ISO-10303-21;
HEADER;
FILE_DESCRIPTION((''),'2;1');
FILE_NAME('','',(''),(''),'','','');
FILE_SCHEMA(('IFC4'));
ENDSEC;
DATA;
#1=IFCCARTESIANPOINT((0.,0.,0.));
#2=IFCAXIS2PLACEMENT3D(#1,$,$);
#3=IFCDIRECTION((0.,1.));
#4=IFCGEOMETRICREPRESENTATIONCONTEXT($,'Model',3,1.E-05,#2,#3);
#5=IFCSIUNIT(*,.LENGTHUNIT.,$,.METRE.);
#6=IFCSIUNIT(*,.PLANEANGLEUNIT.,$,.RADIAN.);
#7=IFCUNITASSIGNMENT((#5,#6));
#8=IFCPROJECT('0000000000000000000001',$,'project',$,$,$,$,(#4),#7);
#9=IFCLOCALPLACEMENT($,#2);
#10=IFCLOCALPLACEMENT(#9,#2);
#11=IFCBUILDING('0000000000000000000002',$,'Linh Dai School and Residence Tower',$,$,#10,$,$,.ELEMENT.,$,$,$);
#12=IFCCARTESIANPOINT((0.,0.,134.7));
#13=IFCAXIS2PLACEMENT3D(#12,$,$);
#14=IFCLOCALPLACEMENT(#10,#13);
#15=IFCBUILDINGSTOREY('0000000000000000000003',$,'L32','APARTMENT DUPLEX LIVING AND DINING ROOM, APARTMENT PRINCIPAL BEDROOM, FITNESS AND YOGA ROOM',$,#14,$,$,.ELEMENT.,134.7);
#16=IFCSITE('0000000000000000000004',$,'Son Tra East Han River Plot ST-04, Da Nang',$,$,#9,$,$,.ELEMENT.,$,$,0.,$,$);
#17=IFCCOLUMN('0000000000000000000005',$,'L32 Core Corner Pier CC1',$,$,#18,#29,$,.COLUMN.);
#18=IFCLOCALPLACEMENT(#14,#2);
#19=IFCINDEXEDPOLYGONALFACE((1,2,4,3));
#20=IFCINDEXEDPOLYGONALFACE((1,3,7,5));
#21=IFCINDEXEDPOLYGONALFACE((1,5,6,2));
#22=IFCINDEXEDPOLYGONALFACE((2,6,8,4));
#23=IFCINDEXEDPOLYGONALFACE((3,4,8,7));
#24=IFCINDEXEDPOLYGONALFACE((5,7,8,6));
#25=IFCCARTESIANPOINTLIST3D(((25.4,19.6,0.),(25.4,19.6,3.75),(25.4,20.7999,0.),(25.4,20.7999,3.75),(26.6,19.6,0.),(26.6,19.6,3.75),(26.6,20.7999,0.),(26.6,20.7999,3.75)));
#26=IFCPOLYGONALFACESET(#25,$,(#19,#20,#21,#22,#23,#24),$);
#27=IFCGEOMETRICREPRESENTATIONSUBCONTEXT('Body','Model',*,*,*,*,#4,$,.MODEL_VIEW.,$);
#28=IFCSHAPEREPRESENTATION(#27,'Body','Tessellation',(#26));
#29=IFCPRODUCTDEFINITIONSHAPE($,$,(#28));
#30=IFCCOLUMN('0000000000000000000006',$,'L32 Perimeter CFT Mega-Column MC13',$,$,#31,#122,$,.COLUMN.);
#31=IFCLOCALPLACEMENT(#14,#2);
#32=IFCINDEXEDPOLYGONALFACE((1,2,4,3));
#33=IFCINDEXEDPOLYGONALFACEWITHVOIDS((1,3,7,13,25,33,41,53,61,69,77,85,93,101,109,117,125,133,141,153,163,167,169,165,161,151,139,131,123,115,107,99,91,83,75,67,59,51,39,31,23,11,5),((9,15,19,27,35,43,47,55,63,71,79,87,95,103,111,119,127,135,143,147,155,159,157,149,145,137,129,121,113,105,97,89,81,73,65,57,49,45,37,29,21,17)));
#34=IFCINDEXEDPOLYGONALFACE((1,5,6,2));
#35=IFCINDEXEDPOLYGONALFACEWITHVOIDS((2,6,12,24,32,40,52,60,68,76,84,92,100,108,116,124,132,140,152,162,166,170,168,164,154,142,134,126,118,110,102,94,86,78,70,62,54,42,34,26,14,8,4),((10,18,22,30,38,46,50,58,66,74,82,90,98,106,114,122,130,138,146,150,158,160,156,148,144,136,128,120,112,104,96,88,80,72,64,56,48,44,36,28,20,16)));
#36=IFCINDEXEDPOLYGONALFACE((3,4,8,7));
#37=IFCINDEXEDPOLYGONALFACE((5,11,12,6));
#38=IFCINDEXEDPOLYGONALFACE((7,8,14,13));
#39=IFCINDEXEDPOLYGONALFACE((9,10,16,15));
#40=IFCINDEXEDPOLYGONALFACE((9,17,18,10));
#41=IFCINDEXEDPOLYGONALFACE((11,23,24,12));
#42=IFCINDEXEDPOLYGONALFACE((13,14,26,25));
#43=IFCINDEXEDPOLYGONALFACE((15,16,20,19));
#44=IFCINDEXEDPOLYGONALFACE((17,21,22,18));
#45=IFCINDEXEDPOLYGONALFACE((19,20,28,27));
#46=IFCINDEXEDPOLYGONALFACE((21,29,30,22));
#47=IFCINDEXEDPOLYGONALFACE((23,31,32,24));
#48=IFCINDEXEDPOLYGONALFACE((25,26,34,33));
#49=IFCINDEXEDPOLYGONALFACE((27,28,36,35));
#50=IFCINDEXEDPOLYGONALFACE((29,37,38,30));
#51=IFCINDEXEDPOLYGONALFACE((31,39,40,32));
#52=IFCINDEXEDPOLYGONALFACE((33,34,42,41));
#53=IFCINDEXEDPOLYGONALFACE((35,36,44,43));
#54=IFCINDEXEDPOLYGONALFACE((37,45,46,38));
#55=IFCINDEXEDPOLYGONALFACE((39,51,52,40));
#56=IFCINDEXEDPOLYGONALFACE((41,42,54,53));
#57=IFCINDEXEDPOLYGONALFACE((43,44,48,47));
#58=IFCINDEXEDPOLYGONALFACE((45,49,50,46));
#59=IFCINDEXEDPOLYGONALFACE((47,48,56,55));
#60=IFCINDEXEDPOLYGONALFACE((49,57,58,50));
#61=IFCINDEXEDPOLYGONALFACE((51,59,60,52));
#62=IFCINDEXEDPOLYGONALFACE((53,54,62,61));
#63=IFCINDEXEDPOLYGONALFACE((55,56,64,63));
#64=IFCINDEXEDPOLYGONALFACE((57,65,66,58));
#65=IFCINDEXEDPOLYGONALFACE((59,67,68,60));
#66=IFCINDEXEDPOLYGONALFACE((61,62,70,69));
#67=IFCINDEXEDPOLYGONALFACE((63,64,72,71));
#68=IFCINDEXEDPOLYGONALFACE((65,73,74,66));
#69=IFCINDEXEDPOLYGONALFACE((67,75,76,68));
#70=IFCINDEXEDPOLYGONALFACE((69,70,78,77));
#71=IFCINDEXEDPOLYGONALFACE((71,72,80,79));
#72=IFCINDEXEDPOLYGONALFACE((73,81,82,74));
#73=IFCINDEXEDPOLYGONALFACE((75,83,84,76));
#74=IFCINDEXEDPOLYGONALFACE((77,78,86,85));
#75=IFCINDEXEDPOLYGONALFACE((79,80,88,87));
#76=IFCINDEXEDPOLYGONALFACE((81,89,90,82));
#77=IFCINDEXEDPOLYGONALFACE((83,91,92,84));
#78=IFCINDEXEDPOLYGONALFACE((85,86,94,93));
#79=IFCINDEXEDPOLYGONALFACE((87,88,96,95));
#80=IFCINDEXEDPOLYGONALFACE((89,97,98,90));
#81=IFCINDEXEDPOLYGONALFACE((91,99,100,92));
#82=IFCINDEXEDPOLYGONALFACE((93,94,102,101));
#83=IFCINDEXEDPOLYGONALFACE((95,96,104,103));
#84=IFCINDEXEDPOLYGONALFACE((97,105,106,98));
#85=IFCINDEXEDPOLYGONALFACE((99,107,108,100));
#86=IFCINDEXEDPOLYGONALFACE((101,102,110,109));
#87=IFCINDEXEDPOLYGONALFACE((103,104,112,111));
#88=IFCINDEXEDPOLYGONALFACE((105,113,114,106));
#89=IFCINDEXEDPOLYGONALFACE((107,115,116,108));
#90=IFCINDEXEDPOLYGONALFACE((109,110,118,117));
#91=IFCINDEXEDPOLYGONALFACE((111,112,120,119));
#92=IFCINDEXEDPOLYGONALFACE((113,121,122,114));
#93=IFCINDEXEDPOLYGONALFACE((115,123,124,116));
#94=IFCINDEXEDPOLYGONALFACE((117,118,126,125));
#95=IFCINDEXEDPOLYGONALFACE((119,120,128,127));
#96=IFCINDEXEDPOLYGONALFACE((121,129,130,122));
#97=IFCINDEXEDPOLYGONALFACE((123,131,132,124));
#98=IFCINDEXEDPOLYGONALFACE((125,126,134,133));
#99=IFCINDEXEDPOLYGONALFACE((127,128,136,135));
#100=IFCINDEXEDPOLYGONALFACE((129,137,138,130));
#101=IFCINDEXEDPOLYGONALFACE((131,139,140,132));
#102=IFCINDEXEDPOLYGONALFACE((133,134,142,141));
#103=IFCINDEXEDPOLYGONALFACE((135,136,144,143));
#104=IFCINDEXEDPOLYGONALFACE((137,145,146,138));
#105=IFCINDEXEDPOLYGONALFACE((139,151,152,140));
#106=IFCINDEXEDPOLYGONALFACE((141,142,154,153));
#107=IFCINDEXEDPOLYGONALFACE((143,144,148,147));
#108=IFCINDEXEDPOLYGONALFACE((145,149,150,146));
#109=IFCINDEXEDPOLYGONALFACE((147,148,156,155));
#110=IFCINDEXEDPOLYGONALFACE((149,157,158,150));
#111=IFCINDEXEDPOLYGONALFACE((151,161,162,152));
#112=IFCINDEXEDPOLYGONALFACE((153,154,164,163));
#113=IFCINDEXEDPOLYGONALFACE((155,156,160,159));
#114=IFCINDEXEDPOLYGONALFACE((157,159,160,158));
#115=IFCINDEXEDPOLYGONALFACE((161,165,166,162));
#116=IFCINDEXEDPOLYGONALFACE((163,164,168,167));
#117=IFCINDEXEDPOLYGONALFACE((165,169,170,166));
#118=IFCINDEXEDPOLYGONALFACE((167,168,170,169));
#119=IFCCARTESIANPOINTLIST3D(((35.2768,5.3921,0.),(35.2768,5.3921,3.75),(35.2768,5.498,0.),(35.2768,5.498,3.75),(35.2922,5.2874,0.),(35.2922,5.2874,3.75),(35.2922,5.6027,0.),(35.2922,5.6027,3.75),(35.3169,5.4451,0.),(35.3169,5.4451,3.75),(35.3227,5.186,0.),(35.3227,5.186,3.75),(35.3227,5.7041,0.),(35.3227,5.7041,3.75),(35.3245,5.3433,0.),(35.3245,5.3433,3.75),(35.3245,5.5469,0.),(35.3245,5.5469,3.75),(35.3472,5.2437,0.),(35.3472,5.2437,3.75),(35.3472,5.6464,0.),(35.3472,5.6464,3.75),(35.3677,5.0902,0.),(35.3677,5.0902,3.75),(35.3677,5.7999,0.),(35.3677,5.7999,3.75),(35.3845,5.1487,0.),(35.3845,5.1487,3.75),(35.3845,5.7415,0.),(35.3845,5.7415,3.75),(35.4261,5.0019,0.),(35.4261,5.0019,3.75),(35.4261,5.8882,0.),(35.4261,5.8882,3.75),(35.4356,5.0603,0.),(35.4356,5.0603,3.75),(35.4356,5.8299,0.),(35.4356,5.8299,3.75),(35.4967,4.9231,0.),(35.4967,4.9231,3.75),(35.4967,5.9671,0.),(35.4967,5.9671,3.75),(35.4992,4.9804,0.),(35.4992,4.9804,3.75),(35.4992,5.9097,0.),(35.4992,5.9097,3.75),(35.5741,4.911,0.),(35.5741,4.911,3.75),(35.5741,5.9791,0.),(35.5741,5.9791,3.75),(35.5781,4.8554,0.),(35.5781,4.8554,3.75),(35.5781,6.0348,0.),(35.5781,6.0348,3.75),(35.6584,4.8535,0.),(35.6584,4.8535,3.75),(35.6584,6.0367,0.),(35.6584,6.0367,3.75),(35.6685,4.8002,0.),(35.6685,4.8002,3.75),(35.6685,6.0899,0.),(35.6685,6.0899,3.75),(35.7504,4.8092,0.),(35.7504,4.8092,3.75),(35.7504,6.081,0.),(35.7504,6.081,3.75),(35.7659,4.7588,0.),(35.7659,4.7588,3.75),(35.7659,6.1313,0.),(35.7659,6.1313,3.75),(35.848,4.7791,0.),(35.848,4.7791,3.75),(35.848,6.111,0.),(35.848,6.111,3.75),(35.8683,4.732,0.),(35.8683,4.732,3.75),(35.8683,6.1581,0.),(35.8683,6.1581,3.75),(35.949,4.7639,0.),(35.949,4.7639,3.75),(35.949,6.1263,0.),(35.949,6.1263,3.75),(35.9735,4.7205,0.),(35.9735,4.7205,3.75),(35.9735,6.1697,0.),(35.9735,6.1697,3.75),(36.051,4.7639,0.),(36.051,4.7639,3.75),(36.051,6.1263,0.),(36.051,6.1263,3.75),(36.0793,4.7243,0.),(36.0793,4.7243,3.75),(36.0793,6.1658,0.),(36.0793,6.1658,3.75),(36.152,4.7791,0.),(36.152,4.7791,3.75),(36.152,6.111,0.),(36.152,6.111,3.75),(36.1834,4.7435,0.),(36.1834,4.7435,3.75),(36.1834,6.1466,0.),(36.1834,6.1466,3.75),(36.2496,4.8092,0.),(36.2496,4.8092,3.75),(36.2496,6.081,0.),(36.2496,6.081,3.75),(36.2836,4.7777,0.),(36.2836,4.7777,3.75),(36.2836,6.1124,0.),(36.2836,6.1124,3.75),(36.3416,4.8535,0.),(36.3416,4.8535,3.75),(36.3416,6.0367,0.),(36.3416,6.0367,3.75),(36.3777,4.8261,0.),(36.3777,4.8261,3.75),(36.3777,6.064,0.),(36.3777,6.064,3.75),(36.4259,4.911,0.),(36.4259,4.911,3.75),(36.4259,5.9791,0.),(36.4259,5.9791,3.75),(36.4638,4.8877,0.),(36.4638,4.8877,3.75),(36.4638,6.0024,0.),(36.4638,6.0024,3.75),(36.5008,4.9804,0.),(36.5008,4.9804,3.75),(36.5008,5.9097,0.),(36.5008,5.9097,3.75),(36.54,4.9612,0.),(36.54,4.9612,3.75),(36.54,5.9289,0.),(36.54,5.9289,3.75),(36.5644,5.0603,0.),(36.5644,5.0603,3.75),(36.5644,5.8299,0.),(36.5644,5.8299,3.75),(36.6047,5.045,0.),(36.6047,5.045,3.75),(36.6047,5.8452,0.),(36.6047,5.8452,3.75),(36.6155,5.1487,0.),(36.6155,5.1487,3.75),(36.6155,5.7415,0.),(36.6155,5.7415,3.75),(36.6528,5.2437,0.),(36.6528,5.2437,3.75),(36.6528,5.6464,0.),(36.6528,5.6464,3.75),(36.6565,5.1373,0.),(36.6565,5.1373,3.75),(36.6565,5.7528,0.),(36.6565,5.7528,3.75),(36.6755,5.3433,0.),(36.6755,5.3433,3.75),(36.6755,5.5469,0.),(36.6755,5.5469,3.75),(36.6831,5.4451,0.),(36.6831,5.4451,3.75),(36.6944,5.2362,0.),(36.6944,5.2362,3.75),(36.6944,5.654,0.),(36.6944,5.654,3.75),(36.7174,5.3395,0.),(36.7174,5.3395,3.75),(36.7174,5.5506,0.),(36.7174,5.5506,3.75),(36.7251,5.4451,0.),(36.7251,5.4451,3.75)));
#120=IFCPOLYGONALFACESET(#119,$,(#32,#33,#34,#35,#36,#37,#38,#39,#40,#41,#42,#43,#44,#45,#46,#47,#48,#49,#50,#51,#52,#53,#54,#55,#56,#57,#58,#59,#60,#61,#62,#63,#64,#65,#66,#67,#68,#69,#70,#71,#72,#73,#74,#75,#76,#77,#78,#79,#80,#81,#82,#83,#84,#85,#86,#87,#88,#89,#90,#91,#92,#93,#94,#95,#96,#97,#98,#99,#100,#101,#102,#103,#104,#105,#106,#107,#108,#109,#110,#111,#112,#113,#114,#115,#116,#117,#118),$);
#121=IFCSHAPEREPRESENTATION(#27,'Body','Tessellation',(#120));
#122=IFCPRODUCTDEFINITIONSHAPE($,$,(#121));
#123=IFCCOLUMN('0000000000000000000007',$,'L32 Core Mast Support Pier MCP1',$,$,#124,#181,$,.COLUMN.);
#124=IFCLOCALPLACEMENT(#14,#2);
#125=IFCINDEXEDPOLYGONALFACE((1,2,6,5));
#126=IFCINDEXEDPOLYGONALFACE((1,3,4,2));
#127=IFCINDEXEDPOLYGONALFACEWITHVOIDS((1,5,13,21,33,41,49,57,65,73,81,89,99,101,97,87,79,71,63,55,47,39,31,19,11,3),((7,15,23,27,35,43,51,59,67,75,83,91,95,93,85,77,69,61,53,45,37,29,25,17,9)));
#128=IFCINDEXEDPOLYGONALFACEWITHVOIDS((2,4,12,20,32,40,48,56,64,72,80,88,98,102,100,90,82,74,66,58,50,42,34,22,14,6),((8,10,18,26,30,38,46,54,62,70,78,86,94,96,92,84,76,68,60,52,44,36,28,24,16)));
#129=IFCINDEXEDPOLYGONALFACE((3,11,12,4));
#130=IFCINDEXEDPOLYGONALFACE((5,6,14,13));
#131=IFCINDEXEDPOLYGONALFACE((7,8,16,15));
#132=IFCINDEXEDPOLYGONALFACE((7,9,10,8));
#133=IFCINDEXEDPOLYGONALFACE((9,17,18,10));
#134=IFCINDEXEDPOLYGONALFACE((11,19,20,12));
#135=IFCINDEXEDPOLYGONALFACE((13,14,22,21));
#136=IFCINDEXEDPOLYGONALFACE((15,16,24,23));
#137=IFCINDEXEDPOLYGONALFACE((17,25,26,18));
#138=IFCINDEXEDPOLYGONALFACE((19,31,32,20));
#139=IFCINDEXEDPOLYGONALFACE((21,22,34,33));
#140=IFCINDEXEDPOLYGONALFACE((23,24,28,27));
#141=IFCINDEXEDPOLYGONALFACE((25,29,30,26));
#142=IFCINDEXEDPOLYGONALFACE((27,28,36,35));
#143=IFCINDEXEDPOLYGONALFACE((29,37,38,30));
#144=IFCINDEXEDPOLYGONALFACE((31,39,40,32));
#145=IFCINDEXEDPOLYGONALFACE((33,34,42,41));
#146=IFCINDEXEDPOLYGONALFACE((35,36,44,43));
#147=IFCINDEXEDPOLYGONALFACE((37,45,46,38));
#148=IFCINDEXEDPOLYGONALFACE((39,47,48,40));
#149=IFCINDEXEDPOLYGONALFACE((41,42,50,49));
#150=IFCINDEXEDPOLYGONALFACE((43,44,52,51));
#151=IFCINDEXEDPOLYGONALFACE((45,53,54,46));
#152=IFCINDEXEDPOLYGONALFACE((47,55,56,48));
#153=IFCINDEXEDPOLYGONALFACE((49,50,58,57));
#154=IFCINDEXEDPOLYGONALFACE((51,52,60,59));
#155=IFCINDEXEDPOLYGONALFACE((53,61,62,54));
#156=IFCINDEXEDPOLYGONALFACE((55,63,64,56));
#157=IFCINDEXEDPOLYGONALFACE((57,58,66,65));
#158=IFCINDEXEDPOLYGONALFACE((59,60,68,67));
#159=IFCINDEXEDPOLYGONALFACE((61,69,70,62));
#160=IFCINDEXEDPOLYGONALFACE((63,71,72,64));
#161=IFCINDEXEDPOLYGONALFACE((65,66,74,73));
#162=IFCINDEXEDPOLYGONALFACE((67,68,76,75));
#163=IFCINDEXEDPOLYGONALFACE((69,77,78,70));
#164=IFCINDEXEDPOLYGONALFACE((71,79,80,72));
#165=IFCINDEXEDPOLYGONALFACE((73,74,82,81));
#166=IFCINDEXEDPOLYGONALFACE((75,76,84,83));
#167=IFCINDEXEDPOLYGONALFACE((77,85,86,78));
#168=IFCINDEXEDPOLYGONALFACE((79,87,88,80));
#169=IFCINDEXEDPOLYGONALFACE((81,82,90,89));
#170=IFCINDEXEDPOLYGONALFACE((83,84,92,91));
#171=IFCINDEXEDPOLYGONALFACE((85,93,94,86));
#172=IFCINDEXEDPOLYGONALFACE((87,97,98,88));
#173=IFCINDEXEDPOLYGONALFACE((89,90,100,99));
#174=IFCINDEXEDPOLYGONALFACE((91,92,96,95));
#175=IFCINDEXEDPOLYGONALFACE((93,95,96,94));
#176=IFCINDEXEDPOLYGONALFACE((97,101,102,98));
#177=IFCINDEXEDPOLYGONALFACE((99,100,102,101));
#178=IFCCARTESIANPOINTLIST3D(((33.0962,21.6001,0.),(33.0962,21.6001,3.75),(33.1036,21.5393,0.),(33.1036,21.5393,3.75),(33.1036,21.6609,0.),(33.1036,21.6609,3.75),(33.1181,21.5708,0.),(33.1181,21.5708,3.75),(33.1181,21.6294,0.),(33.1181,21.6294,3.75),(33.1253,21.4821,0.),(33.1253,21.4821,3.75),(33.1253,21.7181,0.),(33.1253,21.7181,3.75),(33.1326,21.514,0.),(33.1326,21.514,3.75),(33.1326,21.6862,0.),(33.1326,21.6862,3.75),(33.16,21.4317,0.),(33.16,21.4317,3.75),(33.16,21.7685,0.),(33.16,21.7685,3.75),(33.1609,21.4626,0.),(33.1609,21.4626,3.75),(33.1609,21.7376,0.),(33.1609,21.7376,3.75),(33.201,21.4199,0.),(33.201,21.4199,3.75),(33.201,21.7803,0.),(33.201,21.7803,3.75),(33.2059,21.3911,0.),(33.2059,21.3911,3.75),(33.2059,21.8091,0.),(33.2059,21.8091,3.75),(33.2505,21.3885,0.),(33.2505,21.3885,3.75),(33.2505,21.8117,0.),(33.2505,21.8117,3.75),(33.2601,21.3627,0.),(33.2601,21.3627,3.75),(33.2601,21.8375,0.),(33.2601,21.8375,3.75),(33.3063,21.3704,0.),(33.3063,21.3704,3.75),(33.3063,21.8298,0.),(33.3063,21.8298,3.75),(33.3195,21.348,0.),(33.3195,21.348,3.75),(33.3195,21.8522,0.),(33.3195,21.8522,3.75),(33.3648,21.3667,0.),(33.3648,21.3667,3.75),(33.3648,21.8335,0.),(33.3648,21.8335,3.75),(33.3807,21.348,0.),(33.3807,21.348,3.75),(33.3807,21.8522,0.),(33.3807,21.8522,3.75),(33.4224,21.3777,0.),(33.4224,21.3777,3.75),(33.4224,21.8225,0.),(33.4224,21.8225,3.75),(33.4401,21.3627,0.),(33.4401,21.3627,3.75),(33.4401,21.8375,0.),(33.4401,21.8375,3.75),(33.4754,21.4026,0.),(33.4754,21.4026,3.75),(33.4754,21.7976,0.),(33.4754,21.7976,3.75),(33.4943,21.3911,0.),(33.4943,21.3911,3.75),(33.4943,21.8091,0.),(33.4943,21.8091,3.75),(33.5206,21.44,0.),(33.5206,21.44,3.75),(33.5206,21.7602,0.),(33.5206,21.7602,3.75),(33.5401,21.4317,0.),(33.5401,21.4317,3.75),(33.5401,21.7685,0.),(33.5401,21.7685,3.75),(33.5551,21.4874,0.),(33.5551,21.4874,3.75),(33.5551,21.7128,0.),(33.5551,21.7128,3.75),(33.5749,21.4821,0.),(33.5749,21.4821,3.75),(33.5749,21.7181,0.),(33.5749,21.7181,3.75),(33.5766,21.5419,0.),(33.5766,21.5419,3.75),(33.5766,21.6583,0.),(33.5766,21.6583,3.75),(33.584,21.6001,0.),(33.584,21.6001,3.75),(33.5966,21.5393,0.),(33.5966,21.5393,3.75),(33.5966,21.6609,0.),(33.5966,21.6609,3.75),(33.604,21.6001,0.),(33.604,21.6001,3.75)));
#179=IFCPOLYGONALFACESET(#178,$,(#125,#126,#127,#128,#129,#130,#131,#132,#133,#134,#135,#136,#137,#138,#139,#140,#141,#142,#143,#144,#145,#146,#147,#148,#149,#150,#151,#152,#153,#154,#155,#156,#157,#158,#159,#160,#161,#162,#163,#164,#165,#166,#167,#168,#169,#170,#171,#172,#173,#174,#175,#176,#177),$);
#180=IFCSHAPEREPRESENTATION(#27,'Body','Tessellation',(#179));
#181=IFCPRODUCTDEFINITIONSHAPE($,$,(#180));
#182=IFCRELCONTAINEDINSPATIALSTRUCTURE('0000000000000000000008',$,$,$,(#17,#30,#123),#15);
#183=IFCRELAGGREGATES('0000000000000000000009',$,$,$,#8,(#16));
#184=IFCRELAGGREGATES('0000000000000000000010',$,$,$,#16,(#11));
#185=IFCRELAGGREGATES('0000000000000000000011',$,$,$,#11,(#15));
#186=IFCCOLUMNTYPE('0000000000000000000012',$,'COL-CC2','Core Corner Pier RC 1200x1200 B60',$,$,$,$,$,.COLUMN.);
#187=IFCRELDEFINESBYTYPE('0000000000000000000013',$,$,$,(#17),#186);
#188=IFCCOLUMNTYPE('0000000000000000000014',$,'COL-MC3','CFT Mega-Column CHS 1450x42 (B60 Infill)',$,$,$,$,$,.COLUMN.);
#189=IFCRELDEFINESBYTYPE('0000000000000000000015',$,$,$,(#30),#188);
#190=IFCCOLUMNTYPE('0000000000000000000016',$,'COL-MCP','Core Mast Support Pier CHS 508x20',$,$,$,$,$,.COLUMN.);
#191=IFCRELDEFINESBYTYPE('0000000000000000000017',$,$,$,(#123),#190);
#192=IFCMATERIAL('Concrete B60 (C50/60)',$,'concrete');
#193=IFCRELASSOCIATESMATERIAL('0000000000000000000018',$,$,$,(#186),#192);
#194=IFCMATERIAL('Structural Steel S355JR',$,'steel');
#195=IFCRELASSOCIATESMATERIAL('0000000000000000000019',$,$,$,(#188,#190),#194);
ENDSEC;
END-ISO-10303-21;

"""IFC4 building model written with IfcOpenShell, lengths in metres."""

from ifc_helpers import new_model, si_unit, direction, frame, origin, origin_2d, place, context, subcontext, project, spatial, rectangle, hollow_circle, extrude, material, material_profile, profile_set, type_object, element, save


model = new_model("IFC4")

# Units and contexts
model_context = context("Model", 3, precision=1e-05, world=origin(), true_north=direction((0.0, 1.0)))
body_context = subcontext(model_context, "Body", "Model", "MODEL_VIEW")
ifc_project = project(units=[si_unit("LENGTHUNIT", "METRE"), si_unit("PLANEANGLEUNIT", "RADIAN")], contexts=[model_context])

# Site, building, storey
site_placement = place(None, origin())
site = spatial("IfcSite", under=ifc_project, at=site_placement, Name="Son Tra East Han River Plot ST-04, Da Nang", CompositionType="ELEMENT", RefElevation=0.0)
building_placement = place(site_placement, origin())
building = spatial("IfcBuilding", under=site, at=building_placement, Name="Linh Dai School and Residence Tower", CompositionType="ELEMENT")
storey_placement = place(building_placement, frame((0.0, 0.0, 134.7)))
storey = spatial("IfcBuildingStorey", under=building, at=storey_placement, Name="L32", Description="APARTMENT DUPLEX LIVING AND DINING ROOM, APARTMENT PRINCIPAL BEDROOM, FITNESS AND YOGA ROOM", CompositionType="ELEMENT", Elevation=134.7)

# Columns
ifc_material_1 = material(Name="Concrete B60 (C50/60)", Category="concrete")
ifc_material_profile_1 = material_profile(ifc_material_1, rectangle(XDim=1.2, YDim=1.2, at=origin_2d()), Name="RC 1200x1200")
ifc_profile_set_1 = profile_set([ifc_material_profile_1], Name="Concrete B60 (C50/60)")
column_type_1 = type_object("IfcColumnType", Name="COL-CC2", Description="Core Corner Pier RC 1200x1200 B60", PredefinedType="COLUMN", material=ifc_profile_set_1)
column_1_placement = place(storey_placement, frame((26.0, 20.2, 0.0), z_axis=(0.0, 0.0, 1.0), x_axis=(1.0, 0.0, 0.0)))
element("IfcColumn", 1, at=column_1_placement, inside=storey, type_object=column_type_1, Name="L32 Core Corner Pier CC1", PredefinedType="COLUMN", context=body_context, shape_type="SweptSolid", body=[
    extrude(rectangle(XDim=1.2, YDim=1.2, at=origin_2d()), origin(), (0.0, 0.0, 1.0), 3.75),
])
ifc_material_2 = material(Name="Structural Steel S355JR", Category="steel")
ifc_material_profile_2 = material_profile(ifc_material_2, hollow_circle(Radius=0.7251, WallThickness=0.042, at=origin_2d()), Name="CHS 1450x42")
ifc_profile_set_2 = profile_set([ifc_material_profile_2], Name="Structural Steel S355JR")
column_type_2 = type_object("IfcColumnType", Name="COL-MC3", Description="CFT Mega-Column CHS 1450x42 (B60 Infill)", PredefinedType="COLUMN", material=ifc_profile_set_2)
column_2_placement = place(storey_placement, frame((36.0, 5.4451, 0.0), z_axis=(0.0, 0.0, 1.0), x_axis=(1.0, 0.0, 0.0)))
element("IfcColumn", 2, at=column_2_placement, inside=storey, type_object=column_type_2, Name="L32 Perimeter CFT Mega-Column MC13", PredefinedType="COLUMN", context=body_context, shape_type="SweptSolid", body=[
    extrude(hollow_circle(Radius=0.7251, WallThickness=0.042, at=origin_2d()), origin(), (0.0, 0.0, 1.0), 3.75),
])
ifc_material_profile_3 = material_profile(ifc_material_2, hollow_circle(Radius=0.2539, WallThickness=0.02, at=origin_2d()), Name="CHS 508x20")
ifc_profile_set_3 = profile_set([ifc_material_profile_3], Name="Structural Steel S355JR")
column_type_3 = type_object("IfcColumnType", Name="COL-MCP", Description="Core Mast Support Pier CHS 508x20", PredefinedType="COLUMN", material=ifc_profile_set_3)
column_3_placement = place(storey_placement, frame((33.3501, 21.6001, 0.0), z_axis=(0.0, 0.0, 1.0), x_axis=(1.0, 0.0, 0.0)))
element("IfcColumn", 3, at=column_3_placement, inside=storey, type_object=column_type_3, Name="L32 Core Mast Support Pier MCP1", PredefinedType="COLUMN", context=body_context, shape_type="SweptSolid", body=[
    extrude(hollow_circle(Radius=0.2539, WallThickness=0.02, at=origin_2d()), origin(), (0.0, 0.0, 1.0), 3.75),
])

save(model, "model.ifc")
